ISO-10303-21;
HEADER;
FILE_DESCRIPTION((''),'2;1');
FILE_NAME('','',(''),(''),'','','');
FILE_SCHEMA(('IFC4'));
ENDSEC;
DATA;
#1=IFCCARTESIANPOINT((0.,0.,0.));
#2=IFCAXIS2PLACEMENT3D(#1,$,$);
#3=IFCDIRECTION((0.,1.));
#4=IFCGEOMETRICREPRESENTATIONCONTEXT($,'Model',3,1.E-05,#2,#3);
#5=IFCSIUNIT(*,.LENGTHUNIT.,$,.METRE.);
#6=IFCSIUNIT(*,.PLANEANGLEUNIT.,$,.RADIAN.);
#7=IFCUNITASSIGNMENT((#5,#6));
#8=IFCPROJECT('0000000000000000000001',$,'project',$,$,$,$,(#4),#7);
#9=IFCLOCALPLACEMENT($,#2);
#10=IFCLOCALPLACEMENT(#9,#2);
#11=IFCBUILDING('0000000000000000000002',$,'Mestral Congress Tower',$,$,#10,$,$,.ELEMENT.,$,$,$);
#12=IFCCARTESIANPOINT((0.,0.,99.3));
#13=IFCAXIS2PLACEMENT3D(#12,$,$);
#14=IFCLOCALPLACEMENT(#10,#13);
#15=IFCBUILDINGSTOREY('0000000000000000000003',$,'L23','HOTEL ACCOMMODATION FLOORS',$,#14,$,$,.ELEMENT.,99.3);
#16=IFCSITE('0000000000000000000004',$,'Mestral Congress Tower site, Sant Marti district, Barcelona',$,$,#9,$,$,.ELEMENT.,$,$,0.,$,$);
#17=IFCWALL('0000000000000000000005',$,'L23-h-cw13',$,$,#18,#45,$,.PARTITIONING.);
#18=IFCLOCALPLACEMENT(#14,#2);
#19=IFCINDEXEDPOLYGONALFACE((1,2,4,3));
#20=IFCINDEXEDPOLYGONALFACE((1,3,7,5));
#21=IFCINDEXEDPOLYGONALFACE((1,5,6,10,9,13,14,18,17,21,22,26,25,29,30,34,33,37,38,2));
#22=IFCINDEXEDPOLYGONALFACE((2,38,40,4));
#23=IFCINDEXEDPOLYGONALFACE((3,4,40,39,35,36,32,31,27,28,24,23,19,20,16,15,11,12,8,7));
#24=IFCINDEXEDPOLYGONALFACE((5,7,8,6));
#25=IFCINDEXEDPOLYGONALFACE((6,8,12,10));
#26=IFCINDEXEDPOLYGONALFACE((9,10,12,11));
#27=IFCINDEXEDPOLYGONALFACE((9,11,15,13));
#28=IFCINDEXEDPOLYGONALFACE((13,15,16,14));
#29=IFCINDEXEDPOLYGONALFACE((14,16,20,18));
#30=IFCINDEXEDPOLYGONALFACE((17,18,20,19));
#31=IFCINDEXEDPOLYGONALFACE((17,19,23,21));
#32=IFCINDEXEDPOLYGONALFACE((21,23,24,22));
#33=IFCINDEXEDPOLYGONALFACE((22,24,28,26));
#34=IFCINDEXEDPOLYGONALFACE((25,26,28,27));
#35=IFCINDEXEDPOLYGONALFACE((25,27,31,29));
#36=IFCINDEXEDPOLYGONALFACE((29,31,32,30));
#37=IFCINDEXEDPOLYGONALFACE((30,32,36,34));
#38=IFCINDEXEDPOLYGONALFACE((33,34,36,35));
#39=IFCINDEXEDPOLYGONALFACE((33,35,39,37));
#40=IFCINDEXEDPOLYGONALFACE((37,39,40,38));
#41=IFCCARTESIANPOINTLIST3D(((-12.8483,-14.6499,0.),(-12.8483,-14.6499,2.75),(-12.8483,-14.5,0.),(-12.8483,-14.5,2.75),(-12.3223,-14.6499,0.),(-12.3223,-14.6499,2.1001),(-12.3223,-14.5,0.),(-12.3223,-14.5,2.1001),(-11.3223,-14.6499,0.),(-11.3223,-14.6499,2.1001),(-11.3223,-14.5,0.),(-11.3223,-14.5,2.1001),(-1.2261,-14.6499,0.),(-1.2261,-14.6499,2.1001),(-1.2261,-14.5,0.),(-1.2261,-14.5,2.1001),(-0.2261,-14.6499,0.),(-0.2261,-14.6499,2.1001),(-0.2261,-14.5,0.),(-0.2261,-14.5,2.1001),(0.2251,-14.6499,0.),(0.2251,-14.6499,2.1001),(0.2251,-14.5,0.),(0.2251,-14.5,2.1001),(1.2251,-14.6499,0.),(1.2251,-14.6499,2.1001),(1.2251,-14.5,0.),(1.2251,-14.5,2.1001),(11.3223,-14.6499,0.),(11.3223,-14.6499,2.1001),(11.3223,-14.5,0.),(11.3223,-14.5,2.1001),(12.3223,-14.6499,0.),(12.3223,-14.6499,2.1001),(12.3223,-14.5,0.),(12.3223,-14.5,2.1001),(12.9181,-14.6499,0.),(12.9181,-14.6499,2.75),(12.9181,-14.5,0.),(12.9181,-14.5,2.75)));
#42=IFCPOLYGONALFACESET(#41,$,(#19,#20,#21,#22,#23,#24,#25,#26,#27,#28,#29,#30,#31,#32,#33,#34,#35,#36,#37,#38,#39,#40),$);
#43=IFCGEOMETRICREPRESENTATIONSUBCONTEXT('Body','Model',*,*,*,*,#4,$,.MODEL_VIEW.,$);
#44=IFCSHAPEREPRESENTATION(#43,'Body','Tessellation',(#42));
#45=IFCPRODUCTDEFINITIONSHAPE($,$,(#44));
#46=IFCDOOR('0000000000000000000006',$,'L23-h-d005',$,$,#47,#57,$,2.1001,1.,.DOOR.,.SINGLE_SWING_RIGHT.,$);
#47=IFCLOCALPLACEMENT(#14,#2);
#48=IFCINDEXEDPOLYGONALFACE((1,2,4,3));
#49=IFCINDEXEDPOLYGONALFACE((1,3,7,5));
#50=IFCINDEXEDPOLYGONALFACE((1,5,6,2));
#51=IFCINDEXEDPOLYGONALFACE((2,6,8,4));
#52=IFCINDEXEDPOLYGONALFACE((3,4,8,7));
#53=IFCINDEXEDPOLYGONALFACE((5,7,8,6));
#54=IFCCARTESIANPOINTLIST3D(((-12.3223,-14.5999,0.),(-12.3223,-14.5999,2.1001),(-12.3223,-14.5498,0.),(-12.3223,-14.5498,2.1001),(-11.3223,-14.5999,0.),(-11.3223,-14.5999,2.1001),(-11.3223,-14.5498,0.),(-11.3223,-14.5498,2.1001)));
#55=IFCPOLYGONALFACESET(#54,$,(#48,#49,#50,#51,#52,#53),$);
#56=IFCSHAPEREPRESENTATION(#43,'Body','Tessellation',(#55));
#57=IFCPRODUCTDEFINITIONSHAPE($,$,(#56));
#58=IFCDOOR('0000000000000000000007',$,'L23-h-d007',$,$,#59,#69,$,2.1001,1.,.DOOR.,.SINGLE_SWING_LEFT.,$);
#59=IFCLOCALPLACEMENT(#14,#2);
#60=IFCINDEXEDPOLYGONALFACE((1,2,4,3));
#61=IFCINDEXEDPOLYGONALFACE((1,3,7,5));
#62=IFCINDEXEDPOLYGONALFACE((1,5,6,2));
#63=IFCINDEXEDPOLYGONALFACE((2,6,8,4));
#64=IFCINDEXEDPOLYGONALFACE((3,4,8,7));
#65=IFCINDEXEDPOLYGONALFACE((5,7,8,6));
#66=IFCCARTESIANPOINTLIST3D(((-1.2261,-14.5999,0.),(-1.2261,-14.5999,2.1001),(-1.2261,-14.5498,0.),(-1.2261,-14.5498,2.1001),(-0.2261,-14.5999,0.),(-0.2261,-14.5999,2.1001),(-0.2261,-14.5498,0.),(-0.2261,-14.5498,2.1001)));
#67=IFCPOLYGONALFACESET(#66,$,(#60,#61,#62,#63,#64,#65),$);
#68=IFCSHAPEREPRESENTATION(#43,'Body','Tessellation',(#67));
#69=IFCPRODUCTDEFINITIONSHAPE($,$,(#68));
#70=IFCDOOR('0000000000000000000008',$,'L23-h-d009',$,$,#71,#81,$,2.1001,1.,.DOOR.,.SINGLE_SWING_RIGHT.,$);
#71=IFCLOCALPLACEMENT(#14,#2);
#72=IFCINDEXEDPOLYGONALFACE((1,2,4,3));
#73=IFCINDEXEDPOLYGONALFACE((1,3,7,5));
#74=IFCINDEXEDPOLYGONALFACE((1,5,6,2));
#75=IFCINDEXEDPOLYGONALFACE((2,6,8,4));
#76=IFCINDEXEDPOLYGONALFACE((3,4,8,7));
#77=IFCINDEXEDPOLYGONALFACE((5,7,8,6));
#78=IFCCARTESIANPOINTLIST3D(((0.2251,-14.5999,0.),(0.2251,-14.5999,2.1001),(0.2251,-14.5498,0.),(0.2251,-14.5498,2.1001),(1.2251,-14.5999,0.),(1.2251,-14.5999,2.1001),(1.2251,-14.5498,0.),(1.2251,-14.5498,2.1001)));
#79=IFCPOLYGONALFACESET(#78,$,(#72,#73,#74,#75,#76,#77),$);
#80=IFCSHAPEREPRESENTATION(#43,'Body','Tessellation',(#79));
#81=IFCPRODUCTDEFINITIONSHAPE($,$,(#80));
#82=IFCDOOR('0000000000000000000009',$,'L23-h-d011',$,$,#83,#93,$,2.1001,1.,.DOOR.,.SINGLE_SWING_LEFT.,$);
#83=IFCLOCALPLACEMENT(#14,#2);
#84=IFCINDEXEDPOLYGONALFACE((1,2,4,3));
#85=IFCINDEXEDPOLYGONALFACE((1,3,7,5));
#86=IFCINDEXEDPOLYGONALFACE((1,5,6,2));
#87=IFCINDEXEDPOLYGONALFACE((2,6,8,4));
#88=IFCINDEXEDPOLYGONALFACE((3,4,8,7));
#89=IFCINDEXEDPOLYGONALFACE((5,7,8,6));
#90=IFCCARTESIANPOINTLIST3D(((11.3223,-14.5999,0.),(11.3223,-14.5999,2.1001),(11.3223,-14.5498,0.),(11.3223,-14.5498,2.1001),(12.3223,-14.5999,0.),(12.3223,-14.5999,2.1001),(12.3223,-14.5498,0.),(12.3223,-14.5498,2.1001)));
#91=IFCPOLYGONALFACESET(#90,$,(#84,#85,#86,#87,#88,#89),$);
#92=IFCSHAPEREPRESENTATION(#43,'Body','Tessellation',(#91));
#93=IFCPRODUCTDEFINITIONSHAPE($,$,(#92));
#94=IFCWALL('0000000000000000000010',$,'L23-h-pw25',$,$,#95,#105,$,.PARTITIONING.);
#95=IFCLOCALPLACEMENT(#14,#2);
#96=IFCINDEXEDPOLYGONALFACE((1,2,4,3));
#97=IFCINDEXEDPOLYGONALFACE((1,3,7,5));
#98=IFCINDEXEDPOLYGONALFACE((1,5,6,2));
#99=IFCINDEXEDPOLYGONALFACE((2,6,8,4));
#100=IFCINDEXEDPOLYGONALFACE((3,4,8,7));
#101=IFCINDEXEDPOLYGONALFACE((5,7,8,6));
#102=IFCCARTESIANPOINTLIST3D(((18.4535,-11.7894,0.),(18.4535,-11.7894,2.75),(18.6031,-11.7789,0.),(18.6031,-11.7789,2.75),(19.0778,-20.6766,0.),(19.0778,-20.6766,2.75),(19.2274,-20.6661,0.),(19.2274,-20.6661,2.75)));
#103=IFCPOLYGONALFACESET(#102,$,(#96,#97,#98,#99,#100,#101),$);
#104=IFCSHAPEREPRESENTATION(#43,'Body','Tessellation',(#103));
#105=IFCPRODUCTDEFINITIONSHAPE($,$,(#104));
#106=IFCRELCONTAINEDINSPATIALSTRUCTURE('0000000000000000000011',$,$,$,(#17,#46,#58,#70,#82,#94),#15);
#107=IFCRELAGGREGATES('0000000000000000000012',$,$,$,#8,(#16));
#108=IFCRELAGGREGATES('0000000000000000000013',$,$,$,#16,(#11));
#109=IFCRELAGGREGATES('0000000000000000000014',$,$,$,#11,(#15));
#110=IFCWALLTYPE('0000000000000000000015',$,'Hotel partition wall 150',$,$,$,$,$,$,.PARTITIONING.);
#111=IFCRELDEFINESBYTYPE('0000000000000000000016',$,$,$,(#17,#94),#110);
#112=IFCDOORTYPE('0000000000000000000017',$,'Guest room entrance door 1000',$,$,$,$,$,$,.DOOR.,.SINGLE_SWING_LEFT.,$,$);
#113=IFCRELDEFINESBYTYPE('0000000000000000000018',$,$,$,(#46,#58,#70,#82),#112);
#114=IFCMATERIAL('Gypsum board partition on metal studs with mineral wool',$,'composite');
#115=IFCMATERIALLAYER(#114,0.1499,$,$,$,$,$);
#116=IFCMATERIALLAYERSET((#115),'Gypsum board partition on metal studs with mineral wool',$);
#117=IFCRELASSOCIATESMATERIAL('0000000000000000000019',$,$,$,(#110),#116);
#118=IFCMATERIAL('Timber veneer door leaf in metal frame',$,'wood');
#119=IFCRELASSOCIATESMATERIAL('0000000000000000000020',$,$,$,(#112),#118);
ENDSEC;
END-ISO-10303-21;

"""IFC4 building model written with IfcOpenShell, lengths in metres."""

from ifc_helpers import new_model, si_unit, direction, frame, frame_2d, origin, place, context, subcontext, project, spatial, rectangle, extrude, material, layer, layer_set, type_object, element, fill, save


model = new_model("IFC4")

# Units and contexts
model_context = context("Model", 3, precision=1e-05, world=origin(), true_north=direction((0.0, 1.0)))
body_context = subcontext(model_context, "Body", "Model", "MODEL_VIEW")
ifc_project = project(units=[si_unit("LENGTHUNIT", "METRE"), si_unit("PLANEANGLEUNIT", "RADIAN")], contexts=[model_context])

# Site, building, storey
site_placement = place(None, origin())
site = spatial("IfcSite", under=ifc_project, at=site_placement, Name="Mestral Congress Tower site, Sant Marti district, Barcelona", CompositionType="ELEMENT", RefElevation=0.0)
building_placement = place(site_placement, origin())
building = spatial("IfcBuilding", under=site, at=building_placement, Name="Mestral Congress Tower", CompositionType="ELEMENT")
storey_placement = place(building_placement, frame((0.0, 0.0, 99.3)))
storey = spatial("IfcBuildingStorey", under=building, at=storey_placement, Name="L23", Description="HOTEL ACCOMMODATION FLOORS", CompositionType="ELEMENT", Elevation=99.3)

# Shared definitions
ifc_material_1 = material(Name="Gypsum board partition on metal studs with mineral wool", Category="composite")

# Wall, openings, doors
ifc_layer_1 = layer(ifc_material_1, 0.1499)
ifc_layer_set_1 = layer_set([ifc_layer_1], Name="Gypsum board partition on metal studs with mineral wool")
wall_type_1 = type_object("IfcWallType", Name="Hotel partition wall 150", PredefinedType="PARTITIONING", material=ifc_layer_set_1)
wall_1_placement = place(storey_placement, frame((12.9182, -14.575, 0.0), z_axis=(0.0, 0.0, 1.0), x_axis=(-1.0, 0.0, 0.0)))
wall_1 = element("IfcWall", 1, at=wall_1_placement, inside=storey, type_object=wall_type_1, Name="L23-h-cw13", PredefinedType="PARTITIONING", context=body_context, shape_type="SweptSolid", body=[
    extrude(rectangle(XDim=25.7664, YDim=0.1499, at=frame_2d((12.8833, 0.0))), origin(), (0.0, 0.0, 1.0), 2.75),
])
opening_1_placement = place(wall_1_placement, frame((24.2405, 0.0, 0.0)))
opening_1 = element("IfcOpeningElement", 2, at=opening_1_placement, cuts=wall_1, PredefinedType="OPENING", context=body_context, shape_type="SweptSolid", body=[
    extrude(rectangle(XDim=1.0, YDim=2.1001, at=frame_2d((0.5, 1.05))), frame((0.0, 0.085, 0.0), z_axis=(0.0, -1.0, 0.0), x_axis=(1.0, 0.0, 0.0)), (0.0, 0.0, 1.0), 0.1699),
])
opening_2_placement = place(wall_1_placement, frame((13.1443, 0.0, 0.0)))
opening_2 = element("IfcOpeningElement", 3, at=opening_2_placement, cuts=wall_1, PredefinedType="OPENING", context=body_context, shape_type="SweptSolid", body=[
    extrude(rectangle(XDim=1.0, YDim=2.1001, at=frame_2d((0.5, 1.05))), frame((0.0, 0.085, 0.0), z_axis=(0.0, -1.0, 0.0), x_axis=(1.0, 0.0, 0.0)), (0.0, 0.0, 1.0), 0.1699),
])
opening_3_placement = place(wall_1_placement, frame((11.6931, 0.0, 0.0)))
opening_3 = element("IfcOpeningElement", 4, at=opening_3_placement, cuts=wall_1, PredefinedType="OPENING", context=body_context, shape_type="SweptSolid", body=[
    extrude(rectangle(XDim=1.0, YDim=2.1001, at=frame_2d((0.5, 1.05))), frame((0.0, 0.085, 0.0), z_axis=(0.0, -1.0, 0.0), x_axis=(1.0, 0.0, 0.0)), (0.0, 0.0, 1.0), 0.1699),
])
opening_4_placement = place(wall_1_placement, frame((0.5959, 0.0, 0.0)))
opening_4 = element("IfcOpeningElement", 5, at=opening_4_placement, cuts=wall_1, PredefinedType="OPENING", context=body_context, shape_type="SweptSolid", body=[
    extrude(rectangle(XDim=1.0, YDim=2.1001, at=frame_2d((0.5, 1.05))), frame((0.0, 0.085, 0.0), z_axis=(0.0, -1.0, 0.0), x_axis=(1.0, 0.0, 0.0)), (0.0, 0.0, 1.0), 0.1699),
])
ifc_material_2 = material(Name="Timber veneer door leaf in metal frame", Category="wood")
door_type = type_object("IfcDoorType", Name="Guest room entrance door 1000", OperationType="SINGLE_SWING_LEFT", PredefinedType="DOOR", material=ifc_material_2)
door_1_placement = place(opening_1_placement, origin())
door_1 = element("IfcDoor", 6, at=door_1_placement, inside=storey, type_object=door_type, Name="L23-h-d005", OperationType="SINGLE_SWING_RIGHT", OverallHeight=2.1001, OverallWidth=1.0, PredefinedType="DOOR", context=body_context, shape_type="SweptSolid", body=[
    extrude(rectangle(XDim=1.0, YDim=2.1001, at=frame_2d((0.5, 1.05))), frame((0.0, 0.0249, 0.0), z_axis=(0.0, -1.0, 0.0), x_axis=(1.0, 0.0, 0.0)), (0.0, 0.0, 1.0), 0.05),
])
fill(opening_1, door_1)
door_2_placement = place(opening_2_placement, origin())
door_2 = element("IfcDoor", 7, at=door_2_placement, inside=storey, type_object=door_type, Name="L23-h-d007", OperationType="SINGLE_SWING_LEFT", OverallHeight=2.1001, OverallWidth=1.0, PredefinedType="DOOR", context=body_context, shape_type="SweptSolid", body=[
    extrude(rectangle(XDim=1.0, YDim=2.1001, at=frame_2d((0.5, 1.05))), frame((0.0, 0.0249, 0.0), z_axis=(0.0, -1.0, 0.0), x_axis=(1.0, 0.0, 0.0)), (0.0, 0.0, 1.0), 0.05),
])
fill(opening_2, door_2)
door_3_placement = place(opening_3_placement, origin())
door_3 = element("IfcDoor", 8, at=door_3_placement, inside=storey, type_object=door_type, Name="L23-h-d009", OperationType="SINGLE_SWING_RIGHT", OverallHeight=2.1001, OverallWidth=1.0, PredefinedType="DOOR", context=body_context, shape_type="SweptSolid", body=[
    extrude(rectangle(XDim=1.0, YDim=2.1001, at=frame_2d((0.5, 1.05))), frame((0.0, 0.0249, 0.0), z_axis=(0.0, -1.0, 0.0), x_axis=(1.0, 0.0, 0.0)), (0.0, 0.0, 1.0), 0.05),
])
fill(opening_3, door_3)
door_4_placement = place(opening_4_placement, origin())
door_4 = element("IfcDoor", 9, at=door_4_placement, inside=storey, type_object=door_type, Name="L23-h-d011", OperationType="SINGLE_SWING_LEFT", OverallHeight=2.1001, OverallWidth=1.0, PredefinedType="DOOR", context=body_context, shape_type="SweptSolid", body=[
    extrude(rectangle(XDim=1.0, YDim=2.1001, at=frame_2d((0.5, 1.05))), frame((0.0, 0.0249, 0.0), z_axis=(0.0, -1.0, 0.0), x_axis=(1.0, 0.0, 0.0)), (0.0, 0.0, 1.0), 0.05),
])
fill(opening_4, door_4)

# Wall
wall_2_placement = place(storey_placement, frame((19.1526, -20.6714, 0.0), z_axis=(0.0, 0.0, 1.0), x_axis=(-0.070071, 0.997542, 0.0)))
element("IfcWall", 10, at=wall_2_placement, inside=storey, type_object=wall_type_1, Name="L23-h-pw25", PredefinedType="PARTITIONING", context=body_context, shape_type="SweptSolid", body=[
    extrude(rectangle(XDim=8.9092, YDim=0.1499, at=frame_2d((4.4546, 0.0))), origin(), (0.0, 0.0, 1.0), 2.75),
])

save(model, "model.ifc")
